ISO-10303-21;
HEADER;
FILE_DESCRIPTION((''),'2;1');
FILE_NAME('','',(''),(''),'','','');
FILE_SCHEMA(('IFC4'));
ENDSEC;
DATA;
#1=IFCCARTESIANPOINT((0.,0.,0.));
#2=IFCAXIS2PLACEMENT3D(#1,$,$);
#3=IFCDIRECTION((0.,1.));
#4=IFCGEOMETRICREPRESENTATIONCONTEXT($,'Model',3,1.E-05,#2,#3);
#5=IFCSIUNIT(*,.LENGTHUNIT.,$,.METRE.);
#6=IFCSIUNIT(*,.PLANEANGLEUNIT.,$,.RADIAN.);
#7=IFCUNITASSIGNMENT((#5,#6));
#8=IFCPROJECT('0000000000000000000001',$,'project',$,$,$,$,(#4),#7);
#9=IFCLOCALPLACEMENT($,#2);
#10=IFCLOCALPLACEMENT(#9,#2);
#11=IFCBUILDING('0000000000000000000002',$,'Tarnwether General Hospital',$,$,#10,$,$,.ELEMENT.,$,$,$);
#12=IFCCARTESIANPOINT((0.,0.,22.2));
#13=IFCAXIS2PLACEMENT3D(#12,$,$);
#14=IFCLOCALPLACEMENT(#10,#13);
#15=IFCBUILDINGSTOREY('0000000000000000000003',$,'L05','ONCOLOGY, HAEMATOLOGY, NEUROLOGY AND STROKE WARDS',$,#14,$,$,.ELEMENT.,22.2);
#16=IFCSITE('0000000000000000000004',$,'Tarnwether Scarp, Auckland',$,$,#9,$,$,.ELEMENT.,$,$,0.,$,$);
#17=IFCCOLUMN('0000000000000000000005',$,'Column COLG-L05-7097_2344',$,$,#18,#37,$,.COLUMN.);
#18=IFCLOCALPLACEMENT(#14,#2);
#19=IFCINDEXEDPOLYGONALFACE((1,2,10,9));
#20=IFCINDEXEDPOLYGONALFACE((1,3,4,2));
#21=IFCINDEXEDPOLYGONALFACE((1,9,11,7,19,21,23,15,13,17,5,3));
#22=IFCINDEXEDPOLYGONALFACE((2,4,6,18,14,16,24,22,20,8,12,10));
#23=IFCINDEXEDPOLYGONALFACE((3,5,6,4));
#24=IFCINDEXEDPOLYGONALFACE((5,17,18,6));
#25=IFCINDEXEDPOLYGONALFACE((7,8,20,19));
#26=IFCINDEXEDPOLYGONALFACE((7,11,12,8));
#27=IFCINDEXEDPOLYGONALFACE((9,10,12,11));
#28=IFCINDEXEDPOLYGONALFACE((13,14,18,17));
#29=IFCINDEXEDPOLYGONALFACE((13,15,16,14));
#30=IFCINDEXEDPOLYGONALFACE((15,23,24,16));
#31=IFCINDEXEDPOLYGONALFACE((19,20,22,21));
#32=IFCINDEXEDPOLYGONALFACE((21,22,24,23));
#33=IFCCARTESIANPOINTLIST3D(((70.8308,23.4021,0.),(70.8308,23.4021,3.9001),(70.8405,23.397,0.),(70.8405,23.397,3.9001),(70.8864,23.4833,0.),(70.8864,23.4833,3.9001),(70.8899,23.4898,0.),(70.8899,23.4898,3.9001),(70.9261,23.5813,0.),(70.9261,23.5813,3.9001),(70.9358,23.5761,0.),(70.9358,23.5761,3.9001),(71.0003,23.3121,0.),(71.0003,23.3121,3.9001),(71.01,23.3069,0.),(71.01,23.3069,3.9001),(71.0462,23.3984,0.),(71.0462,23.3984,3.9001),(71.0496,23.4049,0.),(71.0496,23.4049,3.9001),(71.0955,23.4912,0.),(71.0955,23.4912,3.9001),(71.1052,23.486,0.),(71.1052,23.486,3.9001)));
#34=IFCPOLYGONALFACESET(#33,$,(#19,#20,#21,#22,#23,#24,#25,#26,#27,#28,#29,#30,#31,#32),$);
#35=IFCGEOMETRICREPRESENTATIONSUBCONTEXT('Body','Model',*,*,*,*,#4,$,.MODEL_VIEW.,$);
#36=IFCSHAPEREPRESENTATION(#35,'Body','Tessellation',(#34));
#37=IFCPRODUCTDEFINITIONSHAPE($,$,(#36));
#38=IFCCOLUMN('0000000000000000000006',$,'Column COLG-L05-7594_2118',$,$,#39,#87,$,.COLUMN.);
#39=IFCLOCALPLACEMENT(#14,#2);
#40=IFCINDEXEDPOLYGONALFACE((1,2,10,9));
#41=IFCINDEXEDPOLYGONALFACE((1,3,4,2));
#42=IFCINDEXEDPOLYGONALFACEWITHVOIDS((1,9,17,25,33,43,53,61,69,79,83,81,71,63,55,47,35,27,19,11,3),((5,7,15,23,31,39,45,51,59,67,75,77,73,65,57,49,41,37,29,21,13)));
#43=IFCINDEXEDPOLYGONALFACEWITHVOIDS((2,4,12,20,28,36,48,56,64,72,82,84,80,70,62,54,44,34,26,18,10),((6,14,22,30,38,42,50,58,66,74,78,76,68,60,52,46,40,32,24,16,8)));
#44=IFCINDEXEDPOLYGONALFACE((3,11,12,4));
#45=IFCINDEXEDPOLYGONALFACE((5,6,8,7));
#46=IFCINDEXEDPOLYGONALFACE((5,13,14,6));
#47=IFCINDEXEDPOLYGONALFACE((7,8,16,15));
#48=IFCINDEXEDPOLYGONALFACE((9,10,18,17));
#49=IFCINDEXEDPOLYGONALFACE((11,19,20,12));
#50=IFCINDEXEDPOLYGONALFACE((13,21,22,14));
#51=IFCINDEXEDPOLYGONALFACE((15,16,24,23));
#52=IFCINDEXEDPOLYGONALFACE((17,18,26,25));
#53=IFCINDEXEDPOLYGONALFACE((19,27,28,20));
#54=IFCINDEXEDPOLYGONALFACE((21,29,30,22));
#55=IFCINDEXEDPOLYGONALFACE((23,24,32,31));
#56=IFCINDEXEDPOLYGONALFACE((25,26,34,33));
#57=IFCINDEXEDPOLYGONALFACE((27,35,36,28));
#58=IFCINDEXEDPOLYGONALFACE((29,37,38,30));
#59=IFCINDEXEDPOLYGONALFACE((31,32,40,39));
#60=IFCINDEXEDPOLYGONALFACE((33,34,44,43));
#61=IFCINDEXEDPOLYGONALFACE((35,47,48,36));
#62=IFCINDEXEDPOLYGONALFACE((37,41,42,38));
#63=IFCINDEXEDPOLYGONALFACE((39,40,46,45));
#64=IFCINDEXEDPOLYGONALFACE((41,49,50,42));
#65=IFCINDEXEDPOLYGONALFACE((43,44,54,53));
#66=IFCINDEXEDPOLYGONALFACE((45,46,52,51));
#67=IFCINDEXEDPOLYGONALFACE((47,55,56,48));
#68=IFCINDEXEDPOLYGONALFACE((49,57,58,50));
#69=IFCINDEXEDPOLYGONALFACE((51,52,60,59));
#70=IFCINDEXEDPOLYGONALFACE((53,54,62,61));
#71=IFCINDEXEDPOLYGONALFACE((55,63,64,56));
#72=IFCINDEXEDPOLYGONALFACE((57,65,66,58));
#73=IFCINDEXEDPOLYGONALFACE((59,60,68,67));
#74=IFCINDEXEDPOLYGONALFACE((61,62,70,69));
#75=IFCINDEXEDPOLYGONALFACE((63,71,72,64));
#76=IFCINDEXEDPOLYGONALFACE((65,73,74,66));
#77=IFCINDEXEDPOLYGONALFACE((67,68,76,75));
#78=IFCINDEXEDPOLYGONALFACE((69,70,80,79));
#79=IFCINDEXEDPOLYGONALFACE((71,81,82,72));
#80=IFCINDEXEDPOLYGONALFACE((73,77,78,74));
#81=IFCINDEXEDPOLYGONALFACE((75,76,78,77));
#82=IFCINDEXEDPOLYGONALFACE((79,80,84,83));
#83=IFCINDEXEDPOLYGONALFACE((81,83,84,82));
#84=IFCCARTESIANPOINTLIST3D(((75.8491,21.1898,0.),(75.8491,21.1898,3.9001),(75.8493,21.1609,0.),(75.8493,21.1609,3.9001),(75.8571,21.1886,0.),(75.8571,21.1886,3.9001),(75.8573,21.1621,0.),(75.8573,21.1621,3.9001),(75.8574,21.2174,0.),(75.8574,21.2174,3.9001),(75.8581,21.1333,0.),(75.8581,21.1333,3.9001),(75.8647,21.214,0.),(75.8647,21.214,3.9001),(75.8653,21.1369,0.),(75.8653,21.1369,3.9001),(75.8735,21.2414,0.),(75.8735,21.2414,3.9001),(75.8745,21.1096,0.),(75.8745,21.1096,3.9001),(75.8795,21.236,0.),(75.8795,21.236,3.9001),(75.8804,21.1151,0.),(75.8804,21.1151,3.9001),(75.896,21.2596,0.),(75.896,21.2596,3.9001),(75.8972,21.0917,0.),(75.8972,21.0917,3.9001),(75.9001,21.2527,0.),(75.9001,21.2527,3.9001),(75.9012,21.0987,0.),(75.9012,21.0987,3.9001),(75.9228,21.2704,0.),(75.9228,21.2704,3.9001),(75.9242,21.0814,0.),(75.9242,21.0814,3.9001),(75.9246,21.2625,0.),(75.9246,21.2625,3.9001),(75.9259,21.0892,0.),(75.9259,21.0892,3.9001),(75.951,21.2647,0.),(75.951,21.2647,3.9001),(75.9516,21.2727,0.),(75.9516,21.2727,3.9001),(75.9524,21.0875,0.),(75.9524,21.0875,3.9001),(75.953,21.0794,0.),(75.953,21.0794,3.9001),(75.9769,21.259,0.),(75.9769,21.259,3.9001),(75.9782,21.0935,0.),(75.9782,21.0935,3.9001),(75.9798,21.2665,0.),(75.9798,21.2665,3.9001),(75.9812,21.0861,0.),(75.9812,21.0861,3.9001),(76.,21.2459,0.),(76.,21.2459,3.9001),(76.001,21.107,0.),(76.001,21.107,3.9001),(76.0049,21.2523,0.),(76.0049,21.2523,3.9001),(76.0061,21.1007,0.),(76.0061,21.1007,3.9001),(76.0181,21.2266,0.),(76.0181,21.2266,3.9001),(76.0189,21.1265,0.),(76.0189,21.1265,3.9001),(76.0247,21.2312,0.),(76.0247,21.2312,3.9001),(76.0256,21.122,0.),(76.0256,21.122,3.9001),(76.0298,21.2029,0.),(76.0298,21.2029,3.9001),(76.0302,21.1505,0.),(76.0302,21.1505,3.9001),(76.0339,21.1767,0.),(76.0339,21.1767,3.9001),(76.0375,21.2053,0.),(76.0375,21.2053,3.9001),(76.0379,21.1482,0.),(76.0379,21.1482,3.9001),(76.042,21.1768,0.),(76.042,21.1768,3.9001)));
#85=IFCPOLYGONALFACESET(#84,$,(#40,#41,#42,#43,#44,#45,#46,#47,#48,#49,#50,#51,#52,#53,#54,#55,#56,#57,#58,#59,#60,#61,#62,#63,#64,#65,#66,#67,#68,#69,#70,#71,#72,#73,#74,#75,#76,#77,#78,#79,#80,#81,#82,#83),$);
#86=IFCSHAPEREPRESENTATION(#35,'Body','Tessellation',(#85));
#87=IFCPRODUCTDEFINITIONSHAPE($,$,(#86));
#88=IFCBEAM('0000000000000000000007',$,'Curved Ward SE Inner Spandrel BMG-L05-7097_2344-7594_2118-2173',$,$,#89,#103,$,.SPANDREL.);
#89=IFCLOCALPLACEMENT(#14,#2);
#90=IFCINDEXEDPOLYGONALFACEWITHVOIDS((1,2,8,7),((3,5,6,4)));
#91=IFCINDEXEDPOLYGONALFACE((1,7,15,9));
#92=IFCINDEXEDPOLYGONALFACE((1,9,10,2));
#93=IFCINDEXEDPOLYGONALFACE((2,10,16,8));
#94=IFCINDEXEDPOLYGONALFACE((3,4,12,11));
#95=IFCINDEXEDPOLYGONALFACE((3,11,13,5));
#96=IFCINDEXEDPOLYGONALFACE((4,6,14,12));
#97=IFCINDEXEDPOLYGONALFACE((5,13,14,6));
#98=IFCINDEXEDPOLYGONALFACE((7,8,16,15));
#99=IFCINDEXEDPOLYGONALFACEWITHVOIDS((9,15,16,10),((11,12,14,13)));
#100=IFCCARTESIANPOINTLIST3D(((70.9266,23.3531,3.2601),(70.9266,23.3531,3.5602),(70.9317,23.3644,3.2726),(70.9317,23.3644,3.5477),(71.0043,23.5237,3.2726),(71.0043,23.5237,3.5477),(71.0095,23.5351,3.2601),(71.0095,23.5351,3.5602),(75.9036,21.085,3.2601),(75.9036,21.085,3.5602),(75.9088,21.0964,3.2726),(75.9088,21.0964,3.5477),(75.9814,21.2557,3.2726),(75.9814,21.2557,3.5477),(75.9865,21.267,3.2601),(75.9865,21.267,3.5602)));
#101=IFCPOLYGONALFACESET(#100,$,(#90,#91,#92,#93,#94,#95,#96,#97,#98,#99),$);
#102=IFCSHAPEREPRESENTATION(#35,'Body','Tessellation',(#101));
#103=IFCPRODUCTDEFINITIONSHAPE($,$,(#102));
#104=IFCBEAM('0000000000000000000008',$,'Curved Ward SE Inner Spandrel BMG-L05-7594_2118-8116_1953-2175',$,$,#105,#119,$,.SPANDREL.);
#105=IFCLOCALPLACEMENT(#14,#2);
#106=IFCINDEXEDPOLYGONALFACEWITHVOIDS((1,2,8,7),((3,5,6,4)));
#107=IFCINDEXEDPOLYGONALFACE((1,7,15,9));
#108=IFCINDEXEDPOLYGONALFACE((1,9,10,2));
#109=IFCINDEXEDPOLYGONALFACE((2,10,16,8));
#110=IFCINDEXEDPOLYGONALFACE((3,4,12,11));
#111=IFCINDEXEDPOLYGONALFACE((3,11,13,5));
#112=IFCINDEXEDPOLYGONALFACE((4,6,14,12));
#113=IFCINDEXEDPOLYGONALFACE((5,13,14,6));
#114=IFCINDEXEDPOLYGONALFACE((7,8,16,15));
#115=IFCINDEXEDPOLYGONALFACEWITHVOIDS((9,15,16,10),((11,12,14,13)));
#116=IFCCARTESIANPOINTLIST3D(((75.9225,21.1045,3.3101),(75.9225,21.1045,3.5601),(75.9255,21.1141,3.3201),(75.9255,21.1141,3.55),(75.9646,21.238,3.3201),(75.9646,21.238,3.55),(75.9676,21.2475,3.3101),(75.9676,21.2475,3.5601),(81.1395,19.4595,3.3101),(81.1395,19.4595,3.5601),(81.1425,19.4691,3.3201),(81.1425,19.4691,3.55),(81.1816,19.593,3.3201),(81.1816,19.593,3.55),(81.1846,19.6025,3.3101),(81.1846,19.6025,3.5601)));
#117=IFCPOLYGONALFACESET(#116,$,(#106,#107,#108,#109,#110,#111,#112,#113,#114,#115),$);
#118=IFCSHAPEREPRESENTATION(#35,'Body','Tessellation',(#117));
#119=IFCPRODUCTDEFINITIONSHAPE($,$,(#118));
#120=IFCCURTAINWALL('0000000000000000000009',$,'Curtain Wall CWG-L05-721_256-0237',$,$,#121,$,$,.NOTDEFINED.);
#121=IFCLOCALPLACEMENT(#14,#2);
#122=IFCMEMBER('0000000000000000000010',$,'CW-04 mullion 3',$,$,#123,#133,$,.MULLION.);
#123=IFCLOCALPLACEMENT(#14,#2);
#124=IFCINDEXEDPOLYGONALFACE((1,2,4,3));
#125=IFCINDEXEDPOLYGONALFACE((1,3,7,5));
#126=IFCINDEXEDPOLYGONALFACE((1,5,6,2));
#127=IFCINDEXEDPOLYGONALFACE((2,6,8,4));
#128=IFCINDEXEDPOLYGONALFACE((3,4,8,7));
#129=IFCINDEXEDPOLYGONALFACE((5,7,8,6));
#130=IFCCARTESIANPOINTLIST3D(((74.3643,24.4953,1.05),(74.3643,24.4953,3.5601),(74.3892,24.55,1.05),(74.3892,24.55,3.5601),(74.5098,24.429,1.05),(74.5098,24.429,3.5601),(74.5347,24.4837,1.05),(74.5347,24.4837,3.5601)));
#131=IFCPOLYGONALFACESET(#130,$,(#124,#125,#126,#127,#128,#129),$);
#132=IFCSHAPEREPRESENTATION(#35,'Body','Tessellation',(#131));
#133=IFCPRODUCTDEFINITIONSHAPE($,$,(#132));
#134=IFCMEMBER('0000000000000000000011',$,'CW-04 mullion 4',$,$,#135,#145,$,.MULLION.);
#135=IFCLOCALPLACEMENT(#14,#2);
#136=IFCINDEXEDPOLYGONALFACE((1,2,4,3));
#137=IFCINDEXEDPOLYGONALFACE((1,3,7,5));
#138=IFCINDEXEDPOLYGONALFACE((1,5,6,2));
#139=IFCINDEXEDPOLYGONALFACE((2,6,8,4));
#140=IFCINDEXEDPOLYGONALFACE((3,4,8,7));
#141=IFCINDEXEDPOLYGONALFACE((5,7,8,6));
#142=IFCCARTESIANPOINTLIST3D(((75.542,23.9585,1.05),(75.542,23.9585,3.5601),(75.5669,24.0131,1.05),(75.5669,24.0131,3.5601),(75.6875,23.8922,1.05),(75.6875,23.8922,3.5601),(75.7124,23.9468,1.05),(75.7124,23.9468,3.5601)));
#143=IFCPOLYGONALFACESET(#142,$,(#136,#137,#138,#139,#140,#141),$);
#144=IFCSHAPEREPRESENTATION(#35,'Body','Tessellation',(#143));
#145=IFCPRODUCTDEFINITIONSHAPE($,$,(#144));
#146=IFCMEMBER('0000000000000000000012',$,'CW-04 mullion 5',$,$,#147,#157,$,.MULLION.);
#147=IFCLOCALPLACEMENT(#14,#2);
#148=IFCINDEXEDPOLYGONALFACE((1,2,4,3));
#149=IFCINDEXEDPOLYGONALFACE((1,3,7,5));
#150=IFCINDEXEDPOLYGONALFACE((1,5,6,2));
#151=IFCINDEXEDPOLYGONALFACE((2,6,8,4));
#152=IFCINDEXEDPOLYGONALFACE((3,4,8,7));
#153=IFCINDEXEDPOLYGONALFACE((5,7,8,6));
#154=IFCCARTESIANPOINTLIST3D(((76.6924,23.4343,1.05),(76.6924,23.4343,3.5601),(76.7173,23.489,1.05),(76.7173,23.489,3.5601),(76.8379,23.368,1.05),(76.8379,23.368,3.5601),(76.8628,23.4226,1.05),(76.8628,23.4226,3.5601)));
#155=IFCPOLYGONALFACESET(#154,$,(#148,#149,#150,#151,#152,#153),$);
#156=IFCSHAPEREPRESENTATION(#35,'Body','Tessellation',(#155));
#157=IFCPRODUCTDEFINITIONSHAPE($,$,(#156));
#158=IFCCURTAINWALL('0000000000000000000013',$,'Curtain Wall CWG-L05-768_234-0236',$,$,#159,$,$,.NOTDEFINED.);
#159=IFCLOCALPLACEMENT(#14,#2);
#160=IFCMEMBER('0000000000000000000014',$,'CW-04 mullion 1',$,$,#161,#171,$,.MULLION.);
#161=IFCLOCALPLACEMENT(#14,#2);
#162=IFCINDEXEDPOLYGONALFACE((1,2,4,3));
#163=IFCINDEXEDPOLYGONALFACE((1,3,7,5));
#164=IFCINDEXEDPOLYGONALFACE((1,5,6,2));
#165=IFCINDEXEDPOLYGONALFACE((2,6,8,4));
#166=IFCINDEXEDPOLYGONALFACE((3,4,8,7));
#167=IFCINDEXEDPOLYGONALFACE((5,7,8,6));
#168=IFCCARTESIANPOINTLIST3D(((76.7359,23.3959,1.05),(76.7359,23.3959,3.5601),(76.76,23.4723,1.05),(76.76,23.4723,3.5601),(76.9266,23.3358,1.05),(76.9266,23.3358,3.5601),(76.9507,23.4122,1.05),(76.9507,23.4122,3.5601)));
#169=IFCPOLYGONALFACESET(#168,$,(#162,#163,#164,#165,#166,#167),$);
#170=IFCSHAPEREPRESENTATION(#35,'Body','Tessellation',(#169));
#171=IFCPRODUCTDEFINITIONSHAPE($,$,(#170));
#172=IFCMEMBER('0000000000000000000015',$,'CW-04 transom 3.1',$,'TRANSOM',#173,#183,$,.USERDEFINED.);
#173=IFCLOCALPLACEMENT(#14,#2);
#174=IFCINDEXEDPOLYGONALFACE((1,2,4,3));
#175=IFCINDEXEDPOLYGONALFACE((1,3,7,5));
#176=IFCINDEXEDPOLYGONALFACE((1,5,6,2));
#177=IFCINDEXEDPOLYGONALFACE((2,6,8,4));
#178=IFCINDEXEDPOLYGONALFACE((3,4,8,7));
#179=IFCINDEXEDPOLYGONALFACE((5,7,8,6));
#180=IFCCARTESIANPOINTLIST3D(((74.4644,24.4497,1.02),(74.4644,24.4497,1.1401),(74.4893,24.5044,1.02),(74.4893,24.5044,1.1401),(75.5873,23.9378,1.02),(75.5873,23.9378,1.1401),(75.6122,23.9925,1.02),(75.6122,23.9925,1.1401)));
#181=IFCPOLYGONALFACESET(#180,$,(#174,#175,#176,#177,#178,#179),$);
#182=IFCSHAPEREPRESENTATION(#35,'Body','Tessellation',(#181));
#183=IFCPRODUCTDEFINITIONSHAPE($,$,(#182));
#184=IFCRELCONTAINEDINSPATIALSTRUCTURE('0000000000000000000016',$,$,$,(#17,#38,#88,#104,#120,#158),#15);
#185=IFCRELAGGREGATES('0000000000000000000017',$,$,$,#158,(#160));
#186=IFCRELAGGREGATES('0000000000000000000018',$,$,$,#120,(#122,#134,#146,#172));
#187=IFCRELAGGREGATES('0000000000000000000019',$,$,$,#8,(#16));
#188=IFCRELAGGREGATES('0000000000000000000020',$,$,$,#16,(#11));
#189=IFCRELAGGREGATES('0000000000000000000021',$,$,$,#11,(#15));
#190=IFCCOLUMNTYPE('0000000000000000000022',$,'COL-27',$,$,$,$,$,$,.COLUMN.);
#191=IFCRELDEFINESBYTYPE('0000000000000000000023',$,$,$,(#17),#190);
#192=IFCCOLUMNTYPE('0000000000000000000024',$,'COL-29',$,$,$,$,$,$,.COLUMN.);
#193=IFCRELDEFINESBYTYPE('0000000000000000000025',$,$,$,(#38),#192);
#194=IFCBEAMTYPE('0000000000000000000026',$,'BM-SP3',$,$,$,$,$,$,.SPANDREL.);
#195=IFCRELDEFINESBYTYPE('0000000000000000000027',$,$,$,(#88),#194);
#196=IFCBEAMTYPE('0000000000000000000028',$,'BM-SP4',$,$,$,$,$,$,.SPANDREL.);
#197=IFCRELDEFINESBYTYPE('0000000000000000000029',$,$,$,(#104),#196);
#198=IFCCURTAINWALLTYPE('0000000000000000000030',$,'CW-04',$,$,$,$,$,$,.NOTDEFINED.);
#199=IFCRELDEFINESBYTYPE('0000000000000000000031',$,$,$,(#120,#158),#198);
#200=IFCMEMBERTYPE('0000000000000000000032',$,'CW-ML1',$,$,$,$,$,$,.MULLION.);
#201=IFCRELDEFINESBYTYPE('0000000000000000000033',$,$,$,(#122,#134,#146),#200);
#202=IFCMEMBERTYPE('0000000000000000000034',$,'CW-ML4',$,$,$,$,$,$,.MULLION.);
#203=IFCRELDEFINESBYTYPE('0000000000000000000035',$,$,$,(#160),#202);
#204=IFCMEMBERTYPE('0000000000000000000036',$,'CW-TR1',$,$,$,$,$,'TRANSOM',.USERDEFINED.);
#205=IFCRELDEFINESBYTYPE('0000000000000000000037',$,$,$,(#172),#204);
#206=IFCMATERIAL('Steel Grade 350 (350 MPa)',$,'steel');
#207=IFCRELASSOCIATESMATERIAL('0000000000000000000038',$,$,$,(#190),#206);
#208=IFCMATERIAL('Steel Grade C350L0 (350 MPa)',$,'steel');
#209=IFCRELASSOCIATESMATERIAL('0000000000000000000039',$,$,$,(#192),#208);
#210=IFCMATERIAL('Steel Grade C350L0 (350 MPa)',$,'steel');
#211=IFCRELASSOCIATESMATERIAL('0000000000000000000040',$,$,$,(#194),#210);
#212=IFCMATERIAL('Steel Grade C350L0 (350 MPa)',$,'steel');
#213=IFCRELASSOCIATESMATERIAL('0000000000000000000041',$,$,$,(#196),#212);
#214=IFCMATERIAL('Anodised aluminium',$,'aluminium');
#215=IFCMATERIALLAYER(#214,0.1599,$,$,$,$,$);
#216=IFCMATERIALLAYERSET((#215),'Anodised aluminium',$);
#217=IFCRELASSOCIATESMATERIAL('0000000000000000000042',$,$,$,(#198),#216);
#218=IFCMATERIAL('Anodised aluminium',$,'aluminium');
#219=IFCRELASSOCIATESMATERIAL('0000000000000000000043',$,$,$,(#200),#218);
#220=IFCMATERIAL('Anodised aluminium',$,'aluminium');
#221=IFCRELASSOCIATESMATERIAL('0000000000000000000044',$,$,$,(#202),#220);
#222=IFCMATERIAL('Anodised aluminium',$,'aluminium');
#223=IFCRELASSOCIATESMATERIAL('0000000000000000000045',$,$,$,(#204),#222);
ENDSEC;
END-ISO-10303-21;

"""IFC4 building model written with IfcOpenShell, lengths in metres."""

from ifc_helpers import new_model, si_unit, direction, frame, origin, origin_2d, place, context, subcontext, project, spatial, rectangle, hollow_rectangle, hollow_circle, i_section, extrude, material, layer, layer_set, material_profile, profile_set, type_object, element, aggregate, save


model = new_model("IFC4")

# Units and contexts
model_context = context("Model", 3, precision=1e-05, world=origin(), true_north=direction((0.0, 1.0)))
body_context = subcontext(model_context, "Body", "Model", "MODEL_VIEW")
ifc_project = project(units=[si_unit("LENGTHUNIT", "METRE"), si_unit("PLANEANGLEUNIT", "RADIAN")], contexts=[model_context])

# Site, building, storey
site_placement = place(None, origin())
site = spatial("IfcSite", under=ifc_project, at=site_placement, Name="Tarnwether Scarp, Auckland", CompositionType="ELEMENT", RefElevation=0.0)
building_placement = place(site_placement, origin())
building = spatial("IfcBuilding", under=site, at=building_placement, Name="Tarnwether General Hospital", CompositionType="ELEMENT")
storey_placement = place(building_placement, frame((0.0, 0.0, 22.2)))
storey = spatial("IfcBuildingStorey", under=building, at=storey_placement, Name="L05", Description="ONCOLOGY, HAEMATOLOGY, NEUROLOGY AND STROKE WARDS", CompositionType="ELEMENT", Elevation=22.2)

# Columns
ifc_material_1 = material(Name="Steel Grade 350 (350 MPa)", Category="steel")
ifc_material_profile_1 = material_profile(ifc_material_1, i_section(OverallWidth=0.2029, OverallDepth=0.2029, WebThickness=0.0073, FlangeThickness=0.011, at=origin_2d()), Name="200UC46.2")
ifc_profile_set_1 = profile_set([ifc_material_profile_1], Name="Steel Grade 350 (350 MPa)")
column_type_1 = type_object("IfcColumnType", Name="COL-27", PredefinedType="COLUMN", material=ifc_profile_set_1)
column_1_placement = place(storey_placement, frame((70.968, 23.4441, 0.0), z_axis=(0.0, 0.0, 1.0), x_axis=(0.469472, 0.882948, 0.0)))
element("IfcColumn", 1, at=column_1_placement, inside=storey, type_object=column_type_1, Name="Column COLG-L05-7097_2344", PredefinedType="COLUMN", context=body_context, shape_type="SweptSolid", body=[
    extrude(i_section(OverallWidth=0.2029, OverallDepth=0.2029, WebThickness=0.0073, FlangeThickness=0.011, at=origin_2d()), origin(), (0.0, 0.0, 1.0), 3.9001),
])
ifc_material_2 = material(Name="Steel Grade C350L0 (350 MPa)", Category="steel")
ifc_material_profile_2 = material_profile(ifc_material_2, hollow_circle(Radius=0.0969, WallThickness=0.0081, at=origin_2d()), Name="CHS193.7x8.0")
ifc_profile_set_2 = profile_set([ifc_material_profile_2], Name="Steel Grade C350L0 (350 MPa)")
column_type_2 = type_object("IfcColumnType", Name="COL-29", PredefinedType="COLUMN", material=ifc_profile_set_2)
column_2_placement = place(storey_placement, frame((75.9451, 21.176, 0.0), z_axis=(0.0, 0.0, 1.0), x_axis=(0.358368, 0.93358, 0.0)))
element("IfcColumn", 2, at=column_2_placement, inside=storey, type_object=column_type_2, Name="Column COLG-L05-7594_2118", PredefinedType="COLUMN", context=body_context, shape_type="SweptSolid", body=[
    extrude(hollow_circle(Radius=0.0969, WallThickness=0.0081, at=origin_2d()), origin(), (0.0, 0.0, 1.0), 3.9001),
])

# Beams
ifc_material_3 = material(Name="Steel Grade C350L0 (350 MPa)", Category="steel")
ifc_material_profile_3 = material_profile(ifc_material_3, hollow_rectangle(XDim=0.2, YDim=0.3, WallThickness=0.0125, at=origin_2d()), Name="RHS300x200x12.5")
ifc_profile_set_3 = profile_set([ifc_material_profile_3], Name="Steel Grade C350L0 (350 MPa)")
beam_type_1 = type_object("IfcBeamType", Name="BM-SP3", PredefinedType="SPANDREL", material=ifc_profile_set_3)
beam_1_placement = place(storey_placement, frame((70.968, 23.4441, 3.4102), z_axis=(0.909969, -0.414677, 0.0), x_axis=(0.414677, 0.909969, 0.0)))
element("IfcBeam", 3, at=beam_1_placement, inside=storey, type_object=beam_type_1, Name="Curved Ward SE Inner Spandrel BMG-L05-7097_2344-7594_2118-2173", PredefinedType="SPANDREL", context=body_context, shape_type="SweptSolid", body=[
    extrude(hollow_rectangle(XDim=0.2, YDim=0.3, WallThickness=0.0125, at=origin_2d()), origin(), (0.0, 0.0, 1.0), 5.4695),
])
ifc_material_4 = material(Name="Steel Grade C350L0 (350 MPa)", Category="steel")
ifc_material_profile_4 = material_profile(ifc_material_4, hollow_rectangle(XDim=0.1499, YDim=0.25, WallThickness=0.01, at=origin_2d()), Name="RHS250x150x10")
ifc_profile_set_4 = profile_set([ifc_material_profile_4], Name="Steel Grade C350L0 (350 MPa)")
beam_type_2 = type_object("IfcBeamType", Name="BM-SP4", PredefinedType="SPANDREL", material=ifc_profile_set_4)
beam_2_placement = place(storey_placement, frame((75.9451, 21.176, 3.4351), z_axis=(0.953712, -0.300721, 0.0), x_axis=(0.300721, 0.953712, 0.0)))
element("IfcBeam", 4, at=beam_2_placement, inside=storey, type_object=beam_type_2, Name="Curved Ward SE Inner Spandrel BMG-L05-7594_2118-8116_1953-2175", PredefinedType="SPANDREL", context=body_context, shape_type="SweptSolid", body=[
    extrude(hollow_rectangle(XDim=0.1499, YDim=0.25, WallThickness=0.01, at=origin_2d()), origin(), (0.0, 0.0, 1.0), 5.4702),
])

# Curtain wall, members
ifc_material_5 = material(Name="Anodised aluminium", Category="aluminium")
ifc_layer_1 = layer(ifc_material_5, 0.1599)
ifc_layer_set_1 = layer_set([ifc_layer_1], Name="Anodised aluminium")
curtain_wall_type = type_object("IfcCurtainWallType", Name="CW-04", PredefinedType="NOTDEFINED", material=ifc_layer_set_1)
curtain_wall_1_placement = place(storey_placement, origin())
curtain_wall_1 = element("IfcCurtainWall", 5, at=curtain_wall_1_placement, inside=storey, type_object=curtain_wall_type, Name="Curtain Wall CWG-L05-721_256-0237", PredefinedType="NOTDEFINED")
ifc_material_6 = material(Name="Anodised aluminium", Category="aluminium")
ifc_material_profile_5 = material_profile(ifc_material_6, rectangle(XDim=0.0601, YDim=0.1599, at=origin_2d()), Name="ALU-MUL-60x160")
ifc_profile_set_5 = profile_set([ifc_material_profile_5], Name="Anodised aluminium")
member_type_1 = type_object("IfcMemberType", Name="CW-ML1", PredefinedType="MULLION", material=ifc_profile_set_5)
member_1_placement = place(storey_placement, frame((74.4495, 24.4895, 1.05), z_axis=(0.0, 0.0, 1.0), x_axis=(0.414705, 0.909956, 0.0)))
member_1 = element("IfcMember", 6, at=member_1_placement, type_object=member_type_1, Name="CW-04 mullion 3", PredefinedType="MULLION", context=body_context, shape_type="SweptSolid", body=[
    extrude(rectangle(XDim=0.0601, YDim=0.1599, at=origin_2d()), origin(), (0.0, 0.0, 1.0), 2.51),
])
member_2_placement = place(storey_placement, frame((75.6272, 23.9526, 1.05), z_axis=(0.0, 0.0, 1.0), x_axis=(0.414705, 0.909956, 0.0)))
member_2 = element("IfcMember", 7, at=member_2_placement, type_object=member_type_1, Name="CW-04 mullion 4", PredefinedType="MULLION", context=body_context, shape_type="SweptSolid", body=[
    extrude(rectangle(XDim=0.0601, YDim=0.1599, at=origin_2d()), origin(), (0.0, 0.0, 1.0), 2.51),
])
member_3_placement = place(storey_placement, frame((76.7776, 23.4285, 1.05), z_axis=(0.0, 0.0, 1.0), x_axis=(0.414705, 0.909956, 0.0)))
member_3 = element("IfcMember", 8, at=member_3_placement, type_object=member_type_1, Name="CW-04 mullion 5", PredefinedType="MULLION", context=body_context, shape_type="SweptSolid", body=[
    extrude(rectangle(XDim=0.0601, YDim=0.1599, at=origin_2d()), origin(), (0.0, 0.0, 1.0), 2.51),
])

# Curtain wall, member
curtain_wall_2_placement = place(storey_placement, origin())
curtain_wall_2 = element("IfcCurtainWall", 9, at=curtain_wall_2_placement, inside=storey, type_object=curtain_wall_type, Name="Curtain Wall CWG-L05-768_234-0236", PredefinedType="NOTDEFINED")
ifc_material_7 = material(Name="Anodised aluminium", Category="aluminium")
ifc_material_profile_6 = material_profile(ifc_material_7, rectangle(XDim=0.0801, YDim=0.2, at=origin_2d()), Name="ALU-MUL-80x200")
ifc_profile_set_6 = profile_set([ifc_material_profile_6], Name="Anodised aluminium")
member_type_2 = type_object("IfcMemberType", Name="CW-ML4", PredefinedType="MULLION", material=ifc_profile_set_6)
member_4_placement = place(storey_placement, frame((76.8433, 23.4041, 1.05), z_axis=(0.0, 0.0, 1.0), x_axis=(0.300715, 0.953714, 0.0)))
member_4 = element("IfcMember", 10, at=member_4_placement, type_object=member_type_2, Name="CW-04 mullion 1", PredefinedType="MULLION", context=body_context, shape_type="SweptSolid", body=[
    extrude(rectangle(XDim=0.0801, YDim=0.2, at=origin_2d()), origin(), (0.0, 0.0, 1.0), 2.51),
])

# Member
ifc_material_8 = material(Name="Anodised aluminium", Category="aluminium")
ifc_material_profile_7 = material_profile(ifc_material_8, rectangle(XDim=0.0601, YDim=0.1201, at=origin_2d()), Name="ALU-TRN-60x120")
ifc_profile_set_7 = profile_set([ifc_material_profile_7], Name="Anodised aluminium")
member_type_3 = type_object("IfcMemberType", Name="CW-TR1", ElementType="TRANSOM", PredefinedType="USERDEFINED", material=ifc_profile_set_7)
member_5_placement = place(storey_placement, frame((74.4768, 24.4771, 1.0801), z_axis=(0.909912, -0.414801, 0.0), x_axis=(0.414801, 0.909912, 0.0)))
member_5 = element("IfcMember", 11, at=member_5_placement, type_object=member_type_3, Name="CW-04 transom 3.1", ObjectType="TRANSOM", PredefinedType="USERDEFINED", context=body_context, shape_type="SweptSolid", body=[
    extrude(rectangle(XDim=0.0601, YDim=0.1201, at=origin_2d()), origin(), (0.0, 0.0, 1.0), 1.2341),
])
aggregate(curtain_wall_2, [member_4])

aggregate(curtain_wall_1, [member_1, member_2, member_3, member_5])

save(model, "model.ifc")
